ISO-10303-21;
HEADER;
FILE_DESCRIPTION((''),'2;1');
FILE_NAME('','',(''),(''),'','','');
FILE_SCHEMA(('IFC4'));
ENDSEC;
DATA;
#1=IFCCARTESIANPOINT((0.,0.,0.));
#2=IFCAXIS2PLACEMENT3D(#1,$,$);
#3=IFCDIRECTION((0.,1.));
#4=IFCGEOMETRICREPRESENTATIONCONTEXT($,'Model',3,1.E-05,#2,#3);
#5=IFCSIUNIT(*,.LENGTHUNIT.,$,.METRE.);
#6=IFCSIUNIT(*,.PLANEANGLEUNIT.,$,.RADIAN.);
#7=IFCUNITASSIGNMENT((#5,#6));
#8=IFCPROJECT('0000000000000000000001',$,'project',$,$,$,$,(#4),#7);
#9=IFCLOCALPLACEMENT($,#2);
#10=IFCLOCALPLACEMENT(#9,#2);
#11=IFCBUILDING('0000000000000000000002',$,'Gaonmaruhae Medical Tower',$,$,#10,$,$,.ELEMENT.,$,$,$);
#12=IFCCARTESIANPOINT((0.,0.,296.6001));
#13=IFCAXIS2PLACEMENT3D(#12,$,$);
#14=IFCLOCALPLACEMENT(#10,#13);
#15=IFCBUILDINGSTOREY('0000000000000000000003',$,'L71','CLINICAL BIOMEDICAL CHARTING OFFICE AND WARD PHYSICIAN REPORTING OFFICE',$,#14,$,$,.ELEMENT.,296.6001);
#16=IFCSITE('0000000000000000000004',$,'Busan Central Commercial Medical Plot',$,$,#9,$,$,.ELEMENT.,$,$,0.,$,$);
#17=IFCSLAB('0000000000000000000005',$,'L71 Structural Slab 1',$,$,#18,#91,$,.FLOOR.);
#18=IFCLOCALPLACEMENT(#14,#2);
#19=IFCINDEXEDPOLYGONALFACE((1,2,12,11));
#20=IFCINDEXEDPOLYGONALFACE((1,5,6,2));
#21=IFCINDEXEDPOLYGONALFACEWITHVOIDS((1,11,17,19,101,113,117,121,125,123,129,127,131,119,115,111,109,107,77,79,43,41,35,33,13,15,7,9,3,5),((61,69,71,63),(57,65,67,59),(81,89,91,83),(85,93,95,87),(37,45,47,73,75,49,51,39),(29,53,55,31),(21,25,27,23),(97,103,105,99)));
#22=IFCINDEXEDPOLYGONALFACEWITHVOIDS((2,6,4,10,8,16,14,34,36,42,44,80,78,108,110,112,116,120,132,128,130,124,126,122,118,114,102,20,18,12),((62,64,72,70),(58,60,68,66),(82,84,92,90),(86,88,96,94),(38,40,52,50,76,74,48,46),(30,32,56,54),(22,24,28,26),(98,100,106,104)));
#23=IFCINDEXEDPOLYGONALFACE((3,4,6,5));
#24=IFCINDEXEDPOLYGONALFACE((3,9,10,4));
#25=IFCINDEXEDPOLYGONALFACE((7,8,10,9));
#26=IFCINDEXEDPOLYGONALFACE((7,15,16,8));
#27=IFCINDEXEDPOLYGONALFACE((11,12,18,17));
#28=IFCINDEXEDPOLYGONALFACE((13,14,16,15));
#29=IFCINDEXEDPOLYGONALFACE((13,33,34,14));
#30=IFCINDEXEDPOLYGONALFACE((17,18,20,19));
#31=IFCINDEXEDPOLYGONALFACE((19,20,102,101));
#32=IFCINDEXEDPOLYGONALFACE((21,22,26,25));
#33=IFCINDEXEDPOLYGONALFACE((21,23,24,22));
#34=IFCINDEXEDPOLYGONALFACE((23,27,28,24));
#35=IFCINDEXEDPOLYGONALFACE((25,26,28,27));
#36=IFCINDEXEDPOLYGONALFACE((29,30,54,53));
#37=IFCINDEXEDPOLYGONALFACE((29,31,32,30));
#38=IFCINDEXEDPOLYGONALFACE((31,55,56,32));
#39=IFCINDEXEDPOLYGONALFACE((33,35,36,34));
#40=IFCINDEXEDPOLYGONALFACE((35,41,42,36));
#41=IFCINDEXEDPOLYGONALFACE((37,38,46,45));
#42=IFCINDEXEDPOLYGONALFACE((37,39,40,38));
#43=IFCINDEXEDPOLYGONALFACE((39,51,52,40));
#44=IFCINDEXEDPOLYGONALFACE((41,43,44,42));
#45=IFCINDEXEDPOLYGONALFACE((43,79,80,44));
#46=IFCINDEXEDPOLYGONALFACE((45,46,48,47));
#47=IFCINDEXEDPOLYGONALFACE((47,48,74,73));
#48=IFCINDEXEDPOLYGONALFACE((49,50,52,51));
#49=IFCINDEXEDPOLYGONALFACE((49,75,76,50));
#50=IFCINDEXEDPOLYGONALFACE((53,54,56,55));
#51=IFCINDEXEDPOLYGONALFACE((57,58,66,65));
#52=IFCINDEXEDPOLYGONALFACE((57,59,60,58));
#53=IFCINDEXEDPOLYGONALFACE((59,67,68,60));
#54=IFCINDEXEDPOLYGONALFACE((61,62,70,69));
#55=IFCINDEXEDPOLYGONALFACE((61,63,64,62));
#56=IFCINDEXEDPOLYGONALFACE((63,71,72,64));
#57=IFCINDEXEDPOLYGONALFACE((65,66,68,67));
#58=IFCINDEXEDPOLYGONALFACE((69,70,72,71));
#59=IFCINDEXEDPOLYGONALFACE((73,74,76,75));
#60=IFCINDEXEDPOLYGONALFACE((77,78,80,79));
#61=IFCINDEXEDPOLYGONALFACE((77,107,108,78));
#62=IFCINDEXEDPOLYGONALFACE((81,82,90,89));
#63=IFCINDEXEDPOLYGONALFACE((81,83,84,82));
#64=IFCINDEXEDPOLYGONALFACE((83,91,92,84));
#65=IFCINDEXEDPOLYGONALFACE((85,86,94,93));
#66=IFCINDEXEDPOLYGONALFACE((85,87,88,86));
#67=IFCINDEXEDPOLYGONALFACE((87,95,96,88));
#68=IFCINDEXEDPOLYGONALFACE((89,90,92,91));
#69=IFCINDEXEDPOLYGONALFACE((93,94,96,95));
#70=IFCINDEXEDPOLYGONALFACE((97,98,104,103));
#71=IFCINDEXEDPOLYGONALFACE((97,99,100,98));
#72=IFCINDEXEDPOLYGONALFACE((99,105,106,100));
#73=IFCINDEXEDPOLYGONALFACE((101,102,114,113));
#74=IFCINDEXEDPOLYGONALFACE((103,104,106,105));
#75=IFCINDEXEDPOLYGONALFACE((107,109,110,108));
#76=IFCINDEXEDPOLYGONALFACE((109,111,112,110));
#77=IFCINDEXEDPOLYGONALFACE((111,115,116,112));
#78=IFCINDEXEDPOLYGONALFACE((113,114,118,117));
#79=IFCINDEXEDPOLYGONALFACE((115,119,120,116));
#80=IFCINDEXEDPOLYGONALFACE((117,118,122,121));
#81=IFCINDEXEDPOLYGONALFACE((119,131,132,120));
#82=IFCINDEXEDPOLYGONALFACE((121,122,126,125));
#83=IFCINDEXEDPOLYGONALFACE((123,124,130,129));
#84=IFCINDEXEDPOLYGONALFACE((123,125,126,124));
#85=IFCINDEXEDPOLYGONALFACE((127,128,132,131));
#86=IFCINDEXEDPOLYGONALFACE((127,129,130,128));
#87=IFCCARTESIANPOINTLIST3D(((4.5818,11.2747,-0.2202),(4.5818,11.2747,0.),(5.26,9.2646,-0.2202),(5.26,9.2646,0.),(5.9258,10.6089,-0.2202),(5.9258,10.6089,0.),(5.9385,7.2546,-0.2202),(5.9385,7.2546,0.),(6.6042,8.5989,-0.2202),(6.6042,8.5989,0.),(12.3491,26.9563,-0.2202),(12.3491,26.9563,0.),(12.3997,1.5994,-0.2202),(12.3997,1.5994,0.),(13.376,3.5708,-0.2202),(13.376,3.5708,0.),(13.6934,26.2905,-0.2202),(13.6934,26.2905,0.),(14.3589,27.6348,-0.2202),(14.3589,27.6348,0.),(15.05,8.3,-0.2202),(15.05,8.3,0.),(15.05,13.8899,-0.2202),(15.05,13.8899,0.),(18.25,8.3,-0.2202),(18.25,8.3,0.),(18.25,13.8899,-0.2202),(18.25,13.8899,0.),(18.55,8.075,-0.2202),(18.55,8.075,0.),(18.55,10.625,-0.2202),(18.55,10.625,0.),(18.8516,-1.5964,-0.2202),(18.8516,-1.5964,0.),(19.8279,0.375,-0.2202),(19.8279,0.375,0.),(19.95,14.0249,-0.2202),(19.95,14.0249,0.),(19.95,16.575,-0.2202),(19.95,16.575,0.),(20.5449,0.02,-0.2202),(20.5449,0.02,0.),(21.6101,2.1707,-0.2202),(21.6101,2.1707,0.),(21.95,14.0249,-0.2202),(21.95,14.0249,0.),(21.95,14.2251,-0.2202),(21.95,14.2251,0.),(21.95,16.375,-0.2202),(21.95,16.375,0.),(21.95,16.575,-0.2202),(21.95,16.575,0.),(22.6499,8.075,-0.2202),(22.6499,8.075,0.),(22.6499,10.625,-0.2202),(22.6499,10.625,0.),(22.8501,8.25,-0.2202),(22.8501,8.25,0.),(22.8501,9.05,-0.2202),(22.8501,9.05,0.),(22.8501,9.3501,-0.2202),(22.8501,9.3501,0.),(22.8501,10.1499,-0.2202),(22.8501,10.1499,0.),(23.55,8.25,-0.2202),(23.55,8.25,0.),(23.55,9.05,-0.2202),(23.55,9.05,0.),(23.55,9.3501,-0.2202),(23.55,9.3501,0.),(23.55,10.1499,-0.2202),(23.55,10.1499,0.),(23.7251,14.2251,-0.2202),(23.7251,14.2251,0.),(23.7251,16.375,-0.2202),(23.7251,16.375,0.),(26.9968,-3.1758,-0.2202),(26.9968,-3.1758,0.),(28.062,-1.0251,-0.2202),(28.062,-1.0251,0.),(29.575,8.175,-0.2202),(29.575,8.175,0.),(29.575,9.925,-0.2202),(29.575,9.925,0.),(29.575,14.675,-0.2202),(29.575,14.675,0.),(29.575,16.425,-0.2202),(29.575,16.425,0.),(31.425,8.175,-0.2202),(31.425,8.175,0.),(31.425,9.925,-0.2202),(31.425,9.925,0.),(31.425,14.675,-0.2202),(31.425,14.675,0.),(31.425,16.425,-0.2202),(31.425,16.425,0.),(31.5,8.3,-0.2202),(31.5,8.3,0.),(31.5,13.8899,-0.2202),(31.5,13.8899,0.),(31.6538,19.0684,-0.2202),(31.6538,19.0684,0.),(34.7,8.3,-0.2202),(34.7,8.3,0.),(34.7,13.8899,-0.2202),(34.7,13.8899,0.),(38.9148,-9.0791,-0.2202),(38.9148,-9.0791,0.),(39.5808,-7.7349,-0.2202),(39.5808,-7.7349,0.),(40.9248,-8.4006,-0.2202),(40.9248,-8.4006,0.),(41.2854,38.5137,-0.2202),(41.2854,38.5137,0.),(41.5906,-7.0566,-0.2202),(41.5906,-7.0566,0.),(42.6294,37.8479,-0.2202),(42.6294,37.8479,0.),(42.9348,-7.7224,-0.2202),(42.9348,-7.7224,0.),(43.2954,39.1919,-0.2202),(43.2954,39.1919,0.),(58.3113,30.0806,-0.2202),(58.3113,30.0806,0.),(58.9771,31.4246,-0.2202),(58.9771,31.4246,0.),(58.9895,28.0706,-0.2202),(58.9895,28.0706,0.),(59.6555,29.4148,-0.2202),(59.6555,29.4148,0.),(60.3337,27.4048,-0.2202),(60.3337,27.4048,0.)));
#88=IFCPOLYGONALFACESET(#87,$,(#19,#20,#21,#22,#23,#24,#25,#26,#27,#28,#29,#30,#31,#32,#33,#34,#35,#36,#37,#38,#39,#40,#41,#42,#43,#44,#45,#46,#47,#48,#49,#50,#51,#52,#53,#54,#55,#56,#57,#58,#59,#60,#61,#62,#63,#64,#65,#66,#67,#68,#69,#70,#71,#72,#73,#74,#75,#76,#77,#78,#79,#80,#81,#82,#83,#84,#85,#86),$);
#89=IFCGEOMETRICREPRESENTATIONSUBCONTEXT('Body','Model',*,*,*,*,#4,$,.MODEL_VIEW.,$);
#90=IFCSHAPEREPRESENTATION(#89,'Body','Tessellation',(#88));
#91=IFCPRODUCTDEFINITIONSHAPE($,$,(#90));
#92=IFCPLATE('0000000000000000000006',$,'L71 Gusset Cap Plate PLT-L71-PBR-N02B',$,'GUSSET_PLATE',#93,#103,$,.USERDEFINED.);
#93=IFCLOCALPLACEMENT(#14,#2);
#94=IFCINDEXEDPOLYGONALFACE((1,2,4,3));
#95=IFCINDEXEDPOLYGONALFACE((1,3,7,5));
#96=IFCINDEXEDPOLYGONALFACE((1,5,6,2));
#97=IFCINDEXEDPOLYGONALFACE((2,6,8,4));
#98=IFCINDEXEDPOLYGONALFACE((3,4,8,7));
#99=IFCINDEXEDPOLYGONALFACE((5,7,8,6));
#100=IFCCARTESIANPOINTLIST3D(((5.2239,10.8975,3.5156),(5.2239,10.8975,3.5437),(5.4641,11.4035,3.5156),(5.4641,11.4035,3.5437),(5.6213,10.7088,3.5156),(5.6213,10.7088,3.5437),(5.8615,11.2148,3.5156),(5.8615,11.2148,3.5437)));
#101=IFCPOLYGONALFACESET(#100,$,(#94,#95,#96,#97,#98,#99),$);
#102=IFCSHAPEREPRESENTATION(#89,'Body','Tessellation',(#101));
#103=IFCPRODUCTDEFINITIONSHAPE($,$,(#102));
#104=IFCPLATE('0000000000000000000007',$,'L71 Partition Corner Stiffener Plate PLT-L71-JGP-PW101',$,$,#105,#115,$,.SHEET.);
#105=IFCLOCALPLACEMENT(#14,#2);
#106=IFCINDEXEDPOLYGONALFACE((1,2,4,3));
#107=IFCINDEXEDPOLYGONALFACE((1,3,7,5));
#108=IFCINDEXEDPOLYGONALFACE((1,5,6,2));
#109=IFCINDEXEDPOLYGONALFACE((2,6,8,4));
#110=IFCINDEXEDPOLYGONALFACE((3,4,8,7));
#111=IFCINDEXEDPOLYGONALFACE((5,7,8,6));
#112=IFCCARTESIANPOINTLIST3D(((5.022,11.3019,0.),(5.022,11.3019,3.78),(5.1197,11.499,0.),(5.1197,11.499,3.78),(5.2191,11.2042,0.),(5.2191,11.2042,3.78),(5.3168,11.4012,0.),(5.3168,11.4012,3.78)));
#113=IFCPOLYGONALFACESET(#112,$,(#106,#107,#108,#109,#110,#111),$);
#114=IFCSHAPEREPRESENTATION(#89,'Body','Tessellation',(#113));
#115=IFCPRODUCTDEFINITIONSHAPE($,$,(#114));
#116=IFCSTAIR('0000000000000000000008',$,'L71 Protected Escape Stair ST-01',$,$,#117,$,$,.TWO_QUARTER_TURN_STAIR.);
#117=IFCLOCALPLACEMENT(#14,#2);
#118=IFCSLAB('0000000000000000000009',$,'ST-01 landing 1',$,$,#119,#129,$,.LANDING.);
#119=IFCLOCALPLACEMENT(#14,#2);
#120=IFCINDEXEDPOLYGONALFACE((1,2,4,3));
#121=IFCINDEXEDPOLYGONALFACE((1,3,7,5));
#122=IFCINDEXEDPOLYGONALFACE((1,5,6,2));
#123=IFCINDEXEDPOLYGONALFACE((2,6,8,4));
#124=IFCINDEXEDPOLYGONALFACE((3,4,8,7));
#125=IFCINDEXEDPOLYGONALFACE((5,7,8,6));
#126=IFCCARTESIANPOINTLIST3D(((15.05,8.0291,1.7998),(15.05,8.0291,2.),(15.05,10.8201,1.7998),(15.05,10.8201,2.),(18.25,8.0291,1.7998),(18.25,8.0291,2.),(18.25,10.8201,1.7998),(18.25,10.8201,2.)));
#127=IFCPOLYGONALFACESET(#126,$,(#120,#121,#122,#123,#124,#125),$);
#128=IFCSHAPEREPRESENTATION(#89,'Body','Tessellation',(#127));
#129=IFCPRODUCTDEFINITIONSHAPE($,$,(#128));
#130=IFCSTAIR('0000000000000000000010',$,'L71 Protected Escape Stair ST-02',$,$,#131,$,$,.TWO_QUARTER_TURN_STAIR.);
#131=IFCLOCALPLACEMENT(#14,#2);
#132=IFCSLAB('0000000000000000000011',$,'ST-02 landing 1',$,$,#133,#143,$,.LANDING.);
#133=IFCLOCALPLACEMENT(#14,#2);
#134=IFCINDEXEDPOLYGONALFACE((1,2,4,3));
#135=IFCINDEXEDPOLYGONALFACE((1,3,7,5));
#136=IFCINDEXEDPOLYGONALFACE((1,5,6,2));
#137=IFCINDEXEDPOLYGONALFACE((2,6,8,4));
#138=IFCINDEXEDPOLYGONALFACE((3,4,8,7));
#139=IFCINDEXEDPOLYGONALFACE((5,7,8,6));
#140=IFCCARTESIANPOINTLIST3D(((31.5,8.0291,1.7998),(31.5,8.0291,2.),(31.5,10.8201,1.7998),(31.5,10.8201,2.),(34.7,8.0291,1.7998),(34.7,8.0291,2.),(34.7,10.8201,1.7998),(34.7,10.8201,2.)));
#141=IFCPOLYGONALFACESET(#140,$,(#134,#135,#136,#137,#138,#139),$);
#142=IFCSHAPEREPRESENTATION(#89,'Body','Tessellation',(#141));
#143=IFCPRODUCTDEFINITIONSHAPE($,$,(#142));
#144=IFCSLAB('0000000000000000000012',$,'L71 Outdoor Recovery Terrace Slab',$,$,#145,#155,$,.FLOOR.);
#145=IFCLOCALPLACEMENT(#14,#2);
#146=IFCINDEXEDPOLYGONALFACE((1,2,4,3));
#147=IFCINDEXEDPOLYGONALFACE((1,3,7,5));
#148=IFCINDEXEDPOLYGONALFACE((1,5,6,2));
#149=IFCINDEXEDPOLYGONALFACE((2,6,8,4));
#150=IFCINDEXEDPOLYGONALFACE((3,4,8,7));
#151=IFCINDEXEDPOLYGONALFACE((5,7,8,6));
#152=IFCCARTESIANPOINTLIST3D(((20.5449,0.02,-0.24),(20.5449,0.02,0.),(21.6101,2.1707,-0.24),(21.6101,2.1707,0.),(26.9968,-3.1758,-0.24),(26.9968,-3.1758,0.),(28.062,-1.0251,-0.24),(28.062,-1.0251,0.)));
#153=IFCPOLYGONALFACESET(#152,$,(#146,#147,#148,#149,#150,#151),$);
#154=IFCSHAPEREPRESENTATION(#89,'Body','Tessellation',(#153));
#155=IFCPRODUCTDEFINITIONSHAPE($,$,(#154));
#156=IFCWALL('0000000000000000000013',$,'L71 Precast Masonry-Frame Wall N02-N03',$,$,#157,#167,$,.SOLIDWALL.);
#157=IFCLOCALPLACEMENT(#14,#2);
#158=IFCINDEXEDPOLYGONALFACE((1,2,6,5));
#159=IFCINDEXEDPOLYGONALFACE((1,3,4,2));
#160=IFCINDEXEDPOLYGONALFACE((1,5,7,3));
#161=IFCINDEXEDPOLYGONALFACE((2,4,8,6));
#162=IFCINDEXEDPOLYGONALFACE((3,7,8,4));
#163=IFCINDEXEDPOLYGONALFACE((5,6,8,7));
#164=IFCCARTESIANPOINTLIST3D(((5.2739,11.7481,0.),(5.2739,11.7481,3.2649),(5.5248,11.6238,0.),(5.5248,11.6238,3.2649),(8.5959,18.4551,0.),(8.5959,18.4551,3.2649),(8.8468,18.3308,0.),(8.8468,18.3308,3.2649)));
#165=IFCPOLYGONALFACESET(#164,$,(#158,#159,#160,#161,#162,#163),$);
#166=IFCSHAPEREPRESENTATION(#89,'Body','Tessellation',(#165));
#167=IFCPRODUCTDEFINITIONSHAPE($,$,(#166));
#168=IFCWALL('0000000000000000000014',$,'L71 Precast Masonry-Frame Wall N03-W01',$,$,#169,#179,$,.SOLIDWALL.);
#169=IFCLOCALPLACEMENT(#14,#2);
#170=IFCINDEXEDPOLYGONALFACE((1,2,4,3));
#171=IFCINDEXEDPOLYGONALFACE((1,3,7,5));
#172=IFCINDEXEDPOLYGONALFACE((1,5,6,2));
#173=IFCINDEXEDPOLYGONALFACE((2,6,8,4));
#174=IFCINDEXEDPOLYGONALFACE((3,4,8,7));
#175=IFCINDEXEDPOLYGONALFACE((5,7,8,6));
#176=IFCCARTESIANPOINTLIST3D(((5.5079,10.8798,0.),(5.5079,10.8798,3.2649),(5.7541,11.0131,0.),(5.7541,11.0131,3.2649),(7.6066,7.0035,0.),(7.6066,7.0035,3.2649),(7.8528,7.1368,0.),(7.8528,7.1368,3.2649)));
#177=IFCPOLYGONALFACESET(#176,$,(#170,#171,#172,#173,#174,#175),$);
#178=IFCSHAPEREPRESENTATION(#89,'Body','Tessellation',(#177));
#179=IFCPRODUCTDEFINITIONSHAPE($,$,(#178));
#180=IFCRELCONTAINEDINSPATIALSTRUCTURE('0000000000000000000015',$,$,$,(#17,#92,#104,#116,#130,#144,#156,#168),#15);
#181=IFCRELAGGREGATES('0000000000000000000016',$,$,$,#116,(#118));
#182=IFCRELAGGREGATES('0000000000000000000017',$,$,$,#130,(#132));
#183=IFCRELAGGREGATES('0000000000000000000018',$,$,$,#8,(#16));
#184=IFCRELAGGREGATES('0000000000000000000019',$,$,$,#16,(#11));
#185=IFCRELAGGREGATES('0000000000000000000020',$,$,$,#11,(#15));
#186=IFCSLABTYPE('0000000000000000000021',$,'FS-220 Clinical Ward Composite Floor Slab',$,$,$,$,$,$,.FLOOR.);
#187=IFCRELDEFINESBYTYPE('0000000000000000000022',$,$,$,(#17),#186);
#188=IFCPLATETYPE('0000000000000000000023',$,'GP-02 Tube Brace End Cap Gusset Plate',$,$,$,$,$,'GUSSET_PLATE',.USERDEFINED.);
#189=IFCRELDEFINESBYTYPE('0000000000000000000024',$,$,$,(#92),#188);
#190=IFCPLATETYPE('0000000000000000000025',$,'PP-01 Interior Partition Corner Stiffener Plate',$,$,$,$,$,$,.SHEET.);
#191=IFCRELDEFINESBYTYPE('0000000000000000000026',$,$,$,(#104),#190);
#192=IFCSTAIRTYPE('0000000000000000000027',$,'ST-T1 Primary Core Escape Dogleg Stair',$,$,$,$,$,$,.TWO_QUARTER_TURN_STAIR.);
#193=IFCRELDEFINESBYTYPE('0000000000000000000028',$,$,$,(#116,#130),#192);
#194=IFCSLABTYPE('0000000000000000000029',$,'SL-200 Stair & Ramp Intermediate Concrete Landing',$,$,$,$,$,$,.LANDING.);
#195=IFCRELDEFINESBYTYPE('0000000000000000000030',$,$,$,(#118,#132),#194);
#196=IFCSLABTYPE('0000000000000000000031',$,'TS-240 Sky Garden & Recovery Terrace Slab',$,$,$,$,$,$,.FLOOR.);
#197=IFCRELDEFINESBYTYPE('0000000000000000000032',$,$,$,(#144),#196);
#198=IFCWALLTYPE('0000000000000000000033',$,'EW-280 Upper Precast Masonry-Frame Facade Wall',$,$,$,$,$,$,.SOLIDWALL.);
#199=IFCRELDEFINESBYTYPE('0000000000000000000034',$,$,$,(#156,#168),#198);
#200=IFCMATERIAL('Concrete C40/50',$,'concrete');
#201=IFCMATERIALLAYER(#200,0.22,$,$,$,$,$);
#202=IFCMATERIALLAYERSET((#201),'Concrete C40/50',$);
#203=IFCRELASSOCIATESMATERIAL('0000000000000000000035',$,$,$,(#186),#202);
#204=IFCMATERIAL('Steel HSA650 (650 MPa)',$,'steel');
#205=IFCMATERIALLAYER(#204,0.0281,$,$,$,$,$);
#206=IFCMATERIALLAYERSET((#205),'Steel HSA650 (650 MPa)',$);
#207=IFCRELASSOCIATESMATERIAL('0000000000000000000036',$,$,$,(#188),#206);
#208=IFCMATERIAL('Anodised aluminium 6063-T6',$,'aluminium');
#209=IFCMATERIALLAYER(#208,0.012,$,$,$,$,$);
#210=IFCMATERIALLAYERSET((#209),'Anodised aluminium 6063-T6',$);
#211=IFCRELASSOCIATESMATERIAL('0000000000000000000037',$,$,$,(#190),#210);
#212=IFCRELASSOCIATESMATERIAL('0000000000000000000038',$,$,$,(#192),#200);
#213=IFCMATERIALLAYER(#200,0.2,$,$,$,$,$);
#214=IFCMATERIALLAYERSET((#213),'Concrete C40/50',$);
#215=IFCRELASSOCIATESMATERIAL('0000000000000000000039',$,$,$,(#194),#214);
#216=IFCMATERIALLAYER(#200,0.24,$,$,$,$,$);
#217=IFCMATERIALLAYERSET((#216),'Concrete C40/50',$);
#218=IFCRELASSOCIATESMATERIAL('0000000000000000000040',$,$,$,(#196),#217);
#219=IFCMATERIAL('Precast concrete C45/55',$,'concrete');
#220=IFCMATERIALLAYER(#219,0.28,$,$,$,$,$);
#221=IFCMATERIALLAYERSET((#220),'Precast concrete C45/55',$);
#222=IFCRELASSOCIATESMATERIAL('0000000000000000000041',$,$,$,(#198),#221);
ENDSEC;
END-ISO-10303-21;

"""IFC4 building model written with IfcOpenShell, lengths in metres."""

from ifc_helpers import new_model, si_unit, direction, frame, frame_2d, origin, origin_2d, place, context, subcontext, project, spatial, polyline, rectangle, outline, extrude, material, layer, layer_set, type_object, element, aggregate, save


model = new_model("IFC4")

# Units and contexts
model_context = context("Model", 3, precision=1e-05, world=origin(), true_north=direction((0.0, 1.0)))
body_context = subcontext(model_context, "Body", "Model", "MODEL_VIEW")
ifc_project = project(units=[si_unit("LENGTHUNIT", "METRE"), si_unit("PLANEANGLEUNIT", "RADIAN")], contexts=[model_context])

# Site, building, storey
site_placement = place(None, origin())
site = spatial("IfcSite", under=ifc_project, at=site_placement, Name="Busan Central Commercial Medical Plot", CompositionType="ELEMENT", RefElevation=0.0)
building_placement = place(site_placement, origin())
building = spatial("IfcBuilding", under=site, at=building_placement, Name="Gaonmaruhae Medical Tower", CompositionType="ELEMENT")
storey_placement = place(building_placement, frame((0.0, 0.0, 296.6001)))
storey = spatial("IfcBuildingStorey", under=building, at=storey_placement, Name="L71", Description="CLINICAL BIOMEDICAL CHARTING OFFICE AND WARD PHYSICIAN REPORTING OFFICE", CompositionType="ELEMENT", Elevation=296.6001)

# Slab
ifc_material_1 = material(Name="Concrete C40/50", Category="concrete")
ifc_layer_1 = layer(ifc_material_1, 0.22)
ifc_layer_set_1 = layer_set([ifc_layer_1], Name="Concrete C40/50")
slab_type_1 = type_object("IfcSlabType", Name="FS-220 Clinical Ward Composite Floor Slab", PredefinedType="FLOOR", material=ifc_layer_set_1)
slab_1_placement = place(storey_placement, frame((0.0, 0.0, -0.2202)))
element("IfcSlab", 1, at=slab_1_placement, inside=storey, type_object=slab_type_1, Name="L71 Structural Slab 1", PredefinedType="FLOOR", context=body_context, shape_type="SweptSolid", body=[
    extrude(outline(polyline([(6.6042, 8.5989), (5.26, 9.2646), (5.9258, 10.6089), (4.5818, 11.2747), (12.3491, 26.9563), (13.6934, 26.2905), (14.3589, 27.6348), (31.6538, 19.0684), (41.2854, 38.5137), (42.6294, 37.8479), (43.2954, 39.1919), (58.9771, 31.4246), (58.3113, 30.0806), (59.6555, 29.4148), (58.9895, 28.0706), (60.3337, 27.4048), (42.9348, -7.7224), (41.5906, -7.0566), (40.9248, -8.4006), (39.5808, -7.7349), (38.9148, -9.0791), (26.9968, -3.1758), (28.062, -1.0251), (21.6101, 2.1707), (20.5449, 0.02), (19.8279, 0.375), (18.8516, -1.5964), (12.3997, 1.5994), (13.376, 3.5708), (5.9385, 7.2546), (6.6042, 8.5989)]), holes=[polyline([(23.55, 8.25), (22.8501, 8.25), (22.8501, 9.05), (23.55, 9.05), (23.55, 8.25)]), polyline([(29.575, 9.925), (31.425, 9.925), (31.425, 8.175), (29.575, 8.175), (29.575, 9.925)]), polyline([(18.55, 10.625), (22.6499, 10.625), (22.6499, 8.075), (18.55, 8.075), (18.55, 10.625)]), polyline([(23.55, 9.3501), (22.8501, 9.3501), (22.8501, 10.1499), (23.55, 10.1499), (23.55, 9.3501)]), polyline([(15.05, 13.8899), (18.25, 13.8899), (18.25, 8.3), (15.05, 8.3), (15.05, 13.8899)]), polyline([(31.5, 13.8899), (34.7, 13.8899), (34.7, 8.3), (31.5, 8.3), (31.5, 13.8899)]), polyline([(23.7251, 14.2251), (21.95, 14.2251), (21.95, 14.0249), (19.95, 14.0249), (19.95, 16.575), (21.95, 16.575), (21.95, 16.375), (23.7251, 16.375), (23.7251, 14.2251)]), polyline([(31.425, 16.425), (31.425, 14.675), (29.575, 14.675), (29.575, 16.425), (31.425, 16.425)])]), origin(), (0.0, 0.0, 1.0), 0.2202),
])

# Plates
ifc_material_2 = material(Name="Steel HSA650 (650 MPa)", Category="steel")
ifc_layer_2 = layer(ifc_material_2, 0.0281)
ifc_layer_set_2 = layer_set([ifc_layer_2], Name="Steel HSA650 (650 MPa)")
plate_type_1 = type_object("IfcPlateType", Name="GP-02 Tube Brace End Cap Gusset Plate", ElementType="GUSSET_PLATE", PredefinedType="USERDEFINED", material=ifc_layer_set_2)
plate_1_placement = place(storey_placement, frame((5.5427, 11.0562, 3.5156), z_axis=(0.0, 0.0, 1.0), x_axis=(0.428935, 0.903335, 0.0)))
element("IfcPlate", 2, at=plate_1_placement, inside=storey, type_object=plate_type_1, Name="L71 Gusset Cap Plate PLT-L71-PBR-N02B", ObjectType="GUSSET_PLATE", PredefinedType="USERDEFINED", context=body_context, shape_type="SweptSolid", body=[
    extrude(rectangle(XDim=0.5601, YDim=0.4399, at=origin_2d()), origin(), (0.0, 0.0, 1.0), 0.0281),
])
ifc_material_3 = material(Name="Anodised aluminium 6063-T6", Category="aluminium")
ifc_layer_3 = layer(ifc_material_3, 0.012)
ifc_layer_set_3 = layer_set([ifc_layer_3], Name="Anodised aluminium 6063-T6")
plate_type_2 = type_object("IfcPlateType", Name="PP-01 Interior Partition Corner Stiffener Plate", PredefinedType="SHEET", material=ifc_layer_set_3)
plate_2_placement = place(storey_placement, frame((5.1694, 11.3516, 0.0), z_axis=(0.0, 0.0, 1.0), x_axis=(-0.895937, 0.444182, 0.0)))
element("IfcPlate", 3, at=plate_2_placement, inside=storey, type_object=plate_type_2, Name="L71 Partition Corner Stiffener Plate PLT-L71-JGP-PW101", PredefinedType="SHEET", context=body_context, shape_type="SweptSolid", body=[
    extrude(rectangle(XDim=0.22, YDim=0.22, at=origin_2d()), origin(), (0.0, 0.0, 1.0), 3.78),
])

# Stairs, slabs
stair_type = type_object("IfcStairType", Name="ST-T1 Primary Core Escape Dogleg Stair", PredefinedType="TWO_QUARTER_TURN_STAIR", material=ifc_material_1)
stair_1_placement = place(storey_placement, origin())
stair_1 = element("IfcStair", 4, at=stair_1_placement, inside=storey, type_object=stair_type, Name="L71 Protected Escape Stair ST-01", PredefinedType="TWO_QUARTER_TURN_STAIR")
ifc_layer_4 = layer(ifc_material_1, 0.2)
ifc_layer_set_4 = layer_set([ifc_layer_4], Name="Concrete C40/50")
slab_type_2 = type_object("IfcSlabType", Name="SL-200 Stair & Ramp Intermediate Concrete Landing", PredefinedType="LANDING", material=ifc_layer_set_4)
slab_2_placement = place(storey_placement, frame((0.0, 0.0, 1.7998)))
slab_2 = element("IfcSlab", 5, at=slab_2_placement, type_object=slab_type_2, Name="ST-01 landing 1", PredefinedType="LANDING", context=body_context, shape_type="SweptSolid", body=[
    extrude(outline(polyline([(15.05, 10.8201), (15.05, 8.0291), (18.25, 8.0291), (18.25, 10.8201), (15.05, 10.8201)])), origin(), (0.0, 0.0, 1.0), 0.2002),
])
aggregate(stair_1, [slab_2])
stair_2_placement = place(storey_placement, origin())
stair_2 = element("IfcStair", 6, at=stair_2_placement, inside=storey, type_object=stair_type, Name="L71 Protected Escape Stair ST-02", PredefinedType="TWO_QUARTER_TURN_STAIR")
slab_3_placement = place(storey_placement, frame((0.0, 0.0, 1.7998)))
slab_3 = element("IfcSlab", 7, at=slab_3_placement, type_object=slab_type_2, Name="ST-02 landing 1", PredefinedType="LANDING", context=body_context, shape_type="SweptSolid", body=[
    extrude(outline(polyline([(31.5, 10.8201), (31.5, 8.0291), (34.7, 8.0291), (34.7, 10.8201), (31.5, 10.8201)])), origin(), (0.0, 0.0, 1.0), 0.2002),
])
aggregate(stair_2, [slab_3])

# Slab
ifc_layer_5 = layer(ifc_material_1, 0.24)
ifc_layer_set_5 = layer_set([ifc_layer_5], Name="Concrete C40/50")
slab_type_3 = type_object("IfcSlabType", Name="TS-240 Sky Garden & Recovery Terrace Slab", PredefinedType="FLOOR", material=ifc_layer_set_5)
slab_4_placement = place(storey_placement, frame((0.0, 0.0, -0.24)))
element("IfcSlab", 8, at=slab_4_placement, inside=storey, type_object=slab_type_3, Name="L71 Outdoor Recovery Terrace Slab", PredefinedType="FLOOR", context=body_context, shape_type="SweptSolid", body=[
    extrude(outline(polyline([(26.9968, -3.1758), (28.062, -1.0251), (21.6101, 2.1707), (20.5449, 0.02), (26.9968, -3.1758)])), origin(), (0.0, 0.0, 1.0), 0.24),
])

# Walls
ifc_material_4 = material(Name="Precast concrete C45/55", Category="concrete")
ifc_layer_6 = layer(ifc_material_4, 0.28)
ifc_layer_set_6 = layer_set([ifc_layer_6], Name="Precast concrete C45/55")
wall_type_1 = type_object("IfcWallType", Name="EW-280 Upper Precast Masonry-Frame Facade Wall", PredefinedType="SOLIDWALL", material=ifc_layer_set_6)
wall_1_placement = place(storey_placement, frame((5.3994, 11.686, 0.0), z_axis=(0.0, 0.0, 1.0), x_axis=(0.443844, 0.896104, 0.0)))
element("IfcWall", 9, at=wall_1_placement, inside=storey, type_object=wall_type_1, Name="L71 Precast Masonry-Frame Wall N02-N03", PredefinedType="SOLIDWALL", context=body_context, shape_type="SweptSolid", body=[
    extrude(rectangle(XDim=7.4846, YDim=0.28, at=frame_2d((3.7422, 0.0))), origin(), (0.0, 0.0, 1.0), 3.2649),
])
wall_2_placement = place(storey_placement, frame((7.7297, 7.0701, 0.0), z_axis=(0.0, 0.0, 1.0), x_axis=(-0.47611, 0.879386, 0.0)))
element("IfcWall", 10, at=wall_2_placement, inside=storey, type_object=wall_type_1, Name="L71 Precast Masonry-Frame Wall N03-W01", PredefinedType="SOLIDWALL", context=body_context, shape_type="SweptSolid", body=[
    extrude(rectangle(XDim=4.408, YDim=0.28, at=frame_2d((2.2041, 0.0))), origin(), (0.0, 0.0, 1.0), 3.2649),
])

save(model, "model.ifc")
